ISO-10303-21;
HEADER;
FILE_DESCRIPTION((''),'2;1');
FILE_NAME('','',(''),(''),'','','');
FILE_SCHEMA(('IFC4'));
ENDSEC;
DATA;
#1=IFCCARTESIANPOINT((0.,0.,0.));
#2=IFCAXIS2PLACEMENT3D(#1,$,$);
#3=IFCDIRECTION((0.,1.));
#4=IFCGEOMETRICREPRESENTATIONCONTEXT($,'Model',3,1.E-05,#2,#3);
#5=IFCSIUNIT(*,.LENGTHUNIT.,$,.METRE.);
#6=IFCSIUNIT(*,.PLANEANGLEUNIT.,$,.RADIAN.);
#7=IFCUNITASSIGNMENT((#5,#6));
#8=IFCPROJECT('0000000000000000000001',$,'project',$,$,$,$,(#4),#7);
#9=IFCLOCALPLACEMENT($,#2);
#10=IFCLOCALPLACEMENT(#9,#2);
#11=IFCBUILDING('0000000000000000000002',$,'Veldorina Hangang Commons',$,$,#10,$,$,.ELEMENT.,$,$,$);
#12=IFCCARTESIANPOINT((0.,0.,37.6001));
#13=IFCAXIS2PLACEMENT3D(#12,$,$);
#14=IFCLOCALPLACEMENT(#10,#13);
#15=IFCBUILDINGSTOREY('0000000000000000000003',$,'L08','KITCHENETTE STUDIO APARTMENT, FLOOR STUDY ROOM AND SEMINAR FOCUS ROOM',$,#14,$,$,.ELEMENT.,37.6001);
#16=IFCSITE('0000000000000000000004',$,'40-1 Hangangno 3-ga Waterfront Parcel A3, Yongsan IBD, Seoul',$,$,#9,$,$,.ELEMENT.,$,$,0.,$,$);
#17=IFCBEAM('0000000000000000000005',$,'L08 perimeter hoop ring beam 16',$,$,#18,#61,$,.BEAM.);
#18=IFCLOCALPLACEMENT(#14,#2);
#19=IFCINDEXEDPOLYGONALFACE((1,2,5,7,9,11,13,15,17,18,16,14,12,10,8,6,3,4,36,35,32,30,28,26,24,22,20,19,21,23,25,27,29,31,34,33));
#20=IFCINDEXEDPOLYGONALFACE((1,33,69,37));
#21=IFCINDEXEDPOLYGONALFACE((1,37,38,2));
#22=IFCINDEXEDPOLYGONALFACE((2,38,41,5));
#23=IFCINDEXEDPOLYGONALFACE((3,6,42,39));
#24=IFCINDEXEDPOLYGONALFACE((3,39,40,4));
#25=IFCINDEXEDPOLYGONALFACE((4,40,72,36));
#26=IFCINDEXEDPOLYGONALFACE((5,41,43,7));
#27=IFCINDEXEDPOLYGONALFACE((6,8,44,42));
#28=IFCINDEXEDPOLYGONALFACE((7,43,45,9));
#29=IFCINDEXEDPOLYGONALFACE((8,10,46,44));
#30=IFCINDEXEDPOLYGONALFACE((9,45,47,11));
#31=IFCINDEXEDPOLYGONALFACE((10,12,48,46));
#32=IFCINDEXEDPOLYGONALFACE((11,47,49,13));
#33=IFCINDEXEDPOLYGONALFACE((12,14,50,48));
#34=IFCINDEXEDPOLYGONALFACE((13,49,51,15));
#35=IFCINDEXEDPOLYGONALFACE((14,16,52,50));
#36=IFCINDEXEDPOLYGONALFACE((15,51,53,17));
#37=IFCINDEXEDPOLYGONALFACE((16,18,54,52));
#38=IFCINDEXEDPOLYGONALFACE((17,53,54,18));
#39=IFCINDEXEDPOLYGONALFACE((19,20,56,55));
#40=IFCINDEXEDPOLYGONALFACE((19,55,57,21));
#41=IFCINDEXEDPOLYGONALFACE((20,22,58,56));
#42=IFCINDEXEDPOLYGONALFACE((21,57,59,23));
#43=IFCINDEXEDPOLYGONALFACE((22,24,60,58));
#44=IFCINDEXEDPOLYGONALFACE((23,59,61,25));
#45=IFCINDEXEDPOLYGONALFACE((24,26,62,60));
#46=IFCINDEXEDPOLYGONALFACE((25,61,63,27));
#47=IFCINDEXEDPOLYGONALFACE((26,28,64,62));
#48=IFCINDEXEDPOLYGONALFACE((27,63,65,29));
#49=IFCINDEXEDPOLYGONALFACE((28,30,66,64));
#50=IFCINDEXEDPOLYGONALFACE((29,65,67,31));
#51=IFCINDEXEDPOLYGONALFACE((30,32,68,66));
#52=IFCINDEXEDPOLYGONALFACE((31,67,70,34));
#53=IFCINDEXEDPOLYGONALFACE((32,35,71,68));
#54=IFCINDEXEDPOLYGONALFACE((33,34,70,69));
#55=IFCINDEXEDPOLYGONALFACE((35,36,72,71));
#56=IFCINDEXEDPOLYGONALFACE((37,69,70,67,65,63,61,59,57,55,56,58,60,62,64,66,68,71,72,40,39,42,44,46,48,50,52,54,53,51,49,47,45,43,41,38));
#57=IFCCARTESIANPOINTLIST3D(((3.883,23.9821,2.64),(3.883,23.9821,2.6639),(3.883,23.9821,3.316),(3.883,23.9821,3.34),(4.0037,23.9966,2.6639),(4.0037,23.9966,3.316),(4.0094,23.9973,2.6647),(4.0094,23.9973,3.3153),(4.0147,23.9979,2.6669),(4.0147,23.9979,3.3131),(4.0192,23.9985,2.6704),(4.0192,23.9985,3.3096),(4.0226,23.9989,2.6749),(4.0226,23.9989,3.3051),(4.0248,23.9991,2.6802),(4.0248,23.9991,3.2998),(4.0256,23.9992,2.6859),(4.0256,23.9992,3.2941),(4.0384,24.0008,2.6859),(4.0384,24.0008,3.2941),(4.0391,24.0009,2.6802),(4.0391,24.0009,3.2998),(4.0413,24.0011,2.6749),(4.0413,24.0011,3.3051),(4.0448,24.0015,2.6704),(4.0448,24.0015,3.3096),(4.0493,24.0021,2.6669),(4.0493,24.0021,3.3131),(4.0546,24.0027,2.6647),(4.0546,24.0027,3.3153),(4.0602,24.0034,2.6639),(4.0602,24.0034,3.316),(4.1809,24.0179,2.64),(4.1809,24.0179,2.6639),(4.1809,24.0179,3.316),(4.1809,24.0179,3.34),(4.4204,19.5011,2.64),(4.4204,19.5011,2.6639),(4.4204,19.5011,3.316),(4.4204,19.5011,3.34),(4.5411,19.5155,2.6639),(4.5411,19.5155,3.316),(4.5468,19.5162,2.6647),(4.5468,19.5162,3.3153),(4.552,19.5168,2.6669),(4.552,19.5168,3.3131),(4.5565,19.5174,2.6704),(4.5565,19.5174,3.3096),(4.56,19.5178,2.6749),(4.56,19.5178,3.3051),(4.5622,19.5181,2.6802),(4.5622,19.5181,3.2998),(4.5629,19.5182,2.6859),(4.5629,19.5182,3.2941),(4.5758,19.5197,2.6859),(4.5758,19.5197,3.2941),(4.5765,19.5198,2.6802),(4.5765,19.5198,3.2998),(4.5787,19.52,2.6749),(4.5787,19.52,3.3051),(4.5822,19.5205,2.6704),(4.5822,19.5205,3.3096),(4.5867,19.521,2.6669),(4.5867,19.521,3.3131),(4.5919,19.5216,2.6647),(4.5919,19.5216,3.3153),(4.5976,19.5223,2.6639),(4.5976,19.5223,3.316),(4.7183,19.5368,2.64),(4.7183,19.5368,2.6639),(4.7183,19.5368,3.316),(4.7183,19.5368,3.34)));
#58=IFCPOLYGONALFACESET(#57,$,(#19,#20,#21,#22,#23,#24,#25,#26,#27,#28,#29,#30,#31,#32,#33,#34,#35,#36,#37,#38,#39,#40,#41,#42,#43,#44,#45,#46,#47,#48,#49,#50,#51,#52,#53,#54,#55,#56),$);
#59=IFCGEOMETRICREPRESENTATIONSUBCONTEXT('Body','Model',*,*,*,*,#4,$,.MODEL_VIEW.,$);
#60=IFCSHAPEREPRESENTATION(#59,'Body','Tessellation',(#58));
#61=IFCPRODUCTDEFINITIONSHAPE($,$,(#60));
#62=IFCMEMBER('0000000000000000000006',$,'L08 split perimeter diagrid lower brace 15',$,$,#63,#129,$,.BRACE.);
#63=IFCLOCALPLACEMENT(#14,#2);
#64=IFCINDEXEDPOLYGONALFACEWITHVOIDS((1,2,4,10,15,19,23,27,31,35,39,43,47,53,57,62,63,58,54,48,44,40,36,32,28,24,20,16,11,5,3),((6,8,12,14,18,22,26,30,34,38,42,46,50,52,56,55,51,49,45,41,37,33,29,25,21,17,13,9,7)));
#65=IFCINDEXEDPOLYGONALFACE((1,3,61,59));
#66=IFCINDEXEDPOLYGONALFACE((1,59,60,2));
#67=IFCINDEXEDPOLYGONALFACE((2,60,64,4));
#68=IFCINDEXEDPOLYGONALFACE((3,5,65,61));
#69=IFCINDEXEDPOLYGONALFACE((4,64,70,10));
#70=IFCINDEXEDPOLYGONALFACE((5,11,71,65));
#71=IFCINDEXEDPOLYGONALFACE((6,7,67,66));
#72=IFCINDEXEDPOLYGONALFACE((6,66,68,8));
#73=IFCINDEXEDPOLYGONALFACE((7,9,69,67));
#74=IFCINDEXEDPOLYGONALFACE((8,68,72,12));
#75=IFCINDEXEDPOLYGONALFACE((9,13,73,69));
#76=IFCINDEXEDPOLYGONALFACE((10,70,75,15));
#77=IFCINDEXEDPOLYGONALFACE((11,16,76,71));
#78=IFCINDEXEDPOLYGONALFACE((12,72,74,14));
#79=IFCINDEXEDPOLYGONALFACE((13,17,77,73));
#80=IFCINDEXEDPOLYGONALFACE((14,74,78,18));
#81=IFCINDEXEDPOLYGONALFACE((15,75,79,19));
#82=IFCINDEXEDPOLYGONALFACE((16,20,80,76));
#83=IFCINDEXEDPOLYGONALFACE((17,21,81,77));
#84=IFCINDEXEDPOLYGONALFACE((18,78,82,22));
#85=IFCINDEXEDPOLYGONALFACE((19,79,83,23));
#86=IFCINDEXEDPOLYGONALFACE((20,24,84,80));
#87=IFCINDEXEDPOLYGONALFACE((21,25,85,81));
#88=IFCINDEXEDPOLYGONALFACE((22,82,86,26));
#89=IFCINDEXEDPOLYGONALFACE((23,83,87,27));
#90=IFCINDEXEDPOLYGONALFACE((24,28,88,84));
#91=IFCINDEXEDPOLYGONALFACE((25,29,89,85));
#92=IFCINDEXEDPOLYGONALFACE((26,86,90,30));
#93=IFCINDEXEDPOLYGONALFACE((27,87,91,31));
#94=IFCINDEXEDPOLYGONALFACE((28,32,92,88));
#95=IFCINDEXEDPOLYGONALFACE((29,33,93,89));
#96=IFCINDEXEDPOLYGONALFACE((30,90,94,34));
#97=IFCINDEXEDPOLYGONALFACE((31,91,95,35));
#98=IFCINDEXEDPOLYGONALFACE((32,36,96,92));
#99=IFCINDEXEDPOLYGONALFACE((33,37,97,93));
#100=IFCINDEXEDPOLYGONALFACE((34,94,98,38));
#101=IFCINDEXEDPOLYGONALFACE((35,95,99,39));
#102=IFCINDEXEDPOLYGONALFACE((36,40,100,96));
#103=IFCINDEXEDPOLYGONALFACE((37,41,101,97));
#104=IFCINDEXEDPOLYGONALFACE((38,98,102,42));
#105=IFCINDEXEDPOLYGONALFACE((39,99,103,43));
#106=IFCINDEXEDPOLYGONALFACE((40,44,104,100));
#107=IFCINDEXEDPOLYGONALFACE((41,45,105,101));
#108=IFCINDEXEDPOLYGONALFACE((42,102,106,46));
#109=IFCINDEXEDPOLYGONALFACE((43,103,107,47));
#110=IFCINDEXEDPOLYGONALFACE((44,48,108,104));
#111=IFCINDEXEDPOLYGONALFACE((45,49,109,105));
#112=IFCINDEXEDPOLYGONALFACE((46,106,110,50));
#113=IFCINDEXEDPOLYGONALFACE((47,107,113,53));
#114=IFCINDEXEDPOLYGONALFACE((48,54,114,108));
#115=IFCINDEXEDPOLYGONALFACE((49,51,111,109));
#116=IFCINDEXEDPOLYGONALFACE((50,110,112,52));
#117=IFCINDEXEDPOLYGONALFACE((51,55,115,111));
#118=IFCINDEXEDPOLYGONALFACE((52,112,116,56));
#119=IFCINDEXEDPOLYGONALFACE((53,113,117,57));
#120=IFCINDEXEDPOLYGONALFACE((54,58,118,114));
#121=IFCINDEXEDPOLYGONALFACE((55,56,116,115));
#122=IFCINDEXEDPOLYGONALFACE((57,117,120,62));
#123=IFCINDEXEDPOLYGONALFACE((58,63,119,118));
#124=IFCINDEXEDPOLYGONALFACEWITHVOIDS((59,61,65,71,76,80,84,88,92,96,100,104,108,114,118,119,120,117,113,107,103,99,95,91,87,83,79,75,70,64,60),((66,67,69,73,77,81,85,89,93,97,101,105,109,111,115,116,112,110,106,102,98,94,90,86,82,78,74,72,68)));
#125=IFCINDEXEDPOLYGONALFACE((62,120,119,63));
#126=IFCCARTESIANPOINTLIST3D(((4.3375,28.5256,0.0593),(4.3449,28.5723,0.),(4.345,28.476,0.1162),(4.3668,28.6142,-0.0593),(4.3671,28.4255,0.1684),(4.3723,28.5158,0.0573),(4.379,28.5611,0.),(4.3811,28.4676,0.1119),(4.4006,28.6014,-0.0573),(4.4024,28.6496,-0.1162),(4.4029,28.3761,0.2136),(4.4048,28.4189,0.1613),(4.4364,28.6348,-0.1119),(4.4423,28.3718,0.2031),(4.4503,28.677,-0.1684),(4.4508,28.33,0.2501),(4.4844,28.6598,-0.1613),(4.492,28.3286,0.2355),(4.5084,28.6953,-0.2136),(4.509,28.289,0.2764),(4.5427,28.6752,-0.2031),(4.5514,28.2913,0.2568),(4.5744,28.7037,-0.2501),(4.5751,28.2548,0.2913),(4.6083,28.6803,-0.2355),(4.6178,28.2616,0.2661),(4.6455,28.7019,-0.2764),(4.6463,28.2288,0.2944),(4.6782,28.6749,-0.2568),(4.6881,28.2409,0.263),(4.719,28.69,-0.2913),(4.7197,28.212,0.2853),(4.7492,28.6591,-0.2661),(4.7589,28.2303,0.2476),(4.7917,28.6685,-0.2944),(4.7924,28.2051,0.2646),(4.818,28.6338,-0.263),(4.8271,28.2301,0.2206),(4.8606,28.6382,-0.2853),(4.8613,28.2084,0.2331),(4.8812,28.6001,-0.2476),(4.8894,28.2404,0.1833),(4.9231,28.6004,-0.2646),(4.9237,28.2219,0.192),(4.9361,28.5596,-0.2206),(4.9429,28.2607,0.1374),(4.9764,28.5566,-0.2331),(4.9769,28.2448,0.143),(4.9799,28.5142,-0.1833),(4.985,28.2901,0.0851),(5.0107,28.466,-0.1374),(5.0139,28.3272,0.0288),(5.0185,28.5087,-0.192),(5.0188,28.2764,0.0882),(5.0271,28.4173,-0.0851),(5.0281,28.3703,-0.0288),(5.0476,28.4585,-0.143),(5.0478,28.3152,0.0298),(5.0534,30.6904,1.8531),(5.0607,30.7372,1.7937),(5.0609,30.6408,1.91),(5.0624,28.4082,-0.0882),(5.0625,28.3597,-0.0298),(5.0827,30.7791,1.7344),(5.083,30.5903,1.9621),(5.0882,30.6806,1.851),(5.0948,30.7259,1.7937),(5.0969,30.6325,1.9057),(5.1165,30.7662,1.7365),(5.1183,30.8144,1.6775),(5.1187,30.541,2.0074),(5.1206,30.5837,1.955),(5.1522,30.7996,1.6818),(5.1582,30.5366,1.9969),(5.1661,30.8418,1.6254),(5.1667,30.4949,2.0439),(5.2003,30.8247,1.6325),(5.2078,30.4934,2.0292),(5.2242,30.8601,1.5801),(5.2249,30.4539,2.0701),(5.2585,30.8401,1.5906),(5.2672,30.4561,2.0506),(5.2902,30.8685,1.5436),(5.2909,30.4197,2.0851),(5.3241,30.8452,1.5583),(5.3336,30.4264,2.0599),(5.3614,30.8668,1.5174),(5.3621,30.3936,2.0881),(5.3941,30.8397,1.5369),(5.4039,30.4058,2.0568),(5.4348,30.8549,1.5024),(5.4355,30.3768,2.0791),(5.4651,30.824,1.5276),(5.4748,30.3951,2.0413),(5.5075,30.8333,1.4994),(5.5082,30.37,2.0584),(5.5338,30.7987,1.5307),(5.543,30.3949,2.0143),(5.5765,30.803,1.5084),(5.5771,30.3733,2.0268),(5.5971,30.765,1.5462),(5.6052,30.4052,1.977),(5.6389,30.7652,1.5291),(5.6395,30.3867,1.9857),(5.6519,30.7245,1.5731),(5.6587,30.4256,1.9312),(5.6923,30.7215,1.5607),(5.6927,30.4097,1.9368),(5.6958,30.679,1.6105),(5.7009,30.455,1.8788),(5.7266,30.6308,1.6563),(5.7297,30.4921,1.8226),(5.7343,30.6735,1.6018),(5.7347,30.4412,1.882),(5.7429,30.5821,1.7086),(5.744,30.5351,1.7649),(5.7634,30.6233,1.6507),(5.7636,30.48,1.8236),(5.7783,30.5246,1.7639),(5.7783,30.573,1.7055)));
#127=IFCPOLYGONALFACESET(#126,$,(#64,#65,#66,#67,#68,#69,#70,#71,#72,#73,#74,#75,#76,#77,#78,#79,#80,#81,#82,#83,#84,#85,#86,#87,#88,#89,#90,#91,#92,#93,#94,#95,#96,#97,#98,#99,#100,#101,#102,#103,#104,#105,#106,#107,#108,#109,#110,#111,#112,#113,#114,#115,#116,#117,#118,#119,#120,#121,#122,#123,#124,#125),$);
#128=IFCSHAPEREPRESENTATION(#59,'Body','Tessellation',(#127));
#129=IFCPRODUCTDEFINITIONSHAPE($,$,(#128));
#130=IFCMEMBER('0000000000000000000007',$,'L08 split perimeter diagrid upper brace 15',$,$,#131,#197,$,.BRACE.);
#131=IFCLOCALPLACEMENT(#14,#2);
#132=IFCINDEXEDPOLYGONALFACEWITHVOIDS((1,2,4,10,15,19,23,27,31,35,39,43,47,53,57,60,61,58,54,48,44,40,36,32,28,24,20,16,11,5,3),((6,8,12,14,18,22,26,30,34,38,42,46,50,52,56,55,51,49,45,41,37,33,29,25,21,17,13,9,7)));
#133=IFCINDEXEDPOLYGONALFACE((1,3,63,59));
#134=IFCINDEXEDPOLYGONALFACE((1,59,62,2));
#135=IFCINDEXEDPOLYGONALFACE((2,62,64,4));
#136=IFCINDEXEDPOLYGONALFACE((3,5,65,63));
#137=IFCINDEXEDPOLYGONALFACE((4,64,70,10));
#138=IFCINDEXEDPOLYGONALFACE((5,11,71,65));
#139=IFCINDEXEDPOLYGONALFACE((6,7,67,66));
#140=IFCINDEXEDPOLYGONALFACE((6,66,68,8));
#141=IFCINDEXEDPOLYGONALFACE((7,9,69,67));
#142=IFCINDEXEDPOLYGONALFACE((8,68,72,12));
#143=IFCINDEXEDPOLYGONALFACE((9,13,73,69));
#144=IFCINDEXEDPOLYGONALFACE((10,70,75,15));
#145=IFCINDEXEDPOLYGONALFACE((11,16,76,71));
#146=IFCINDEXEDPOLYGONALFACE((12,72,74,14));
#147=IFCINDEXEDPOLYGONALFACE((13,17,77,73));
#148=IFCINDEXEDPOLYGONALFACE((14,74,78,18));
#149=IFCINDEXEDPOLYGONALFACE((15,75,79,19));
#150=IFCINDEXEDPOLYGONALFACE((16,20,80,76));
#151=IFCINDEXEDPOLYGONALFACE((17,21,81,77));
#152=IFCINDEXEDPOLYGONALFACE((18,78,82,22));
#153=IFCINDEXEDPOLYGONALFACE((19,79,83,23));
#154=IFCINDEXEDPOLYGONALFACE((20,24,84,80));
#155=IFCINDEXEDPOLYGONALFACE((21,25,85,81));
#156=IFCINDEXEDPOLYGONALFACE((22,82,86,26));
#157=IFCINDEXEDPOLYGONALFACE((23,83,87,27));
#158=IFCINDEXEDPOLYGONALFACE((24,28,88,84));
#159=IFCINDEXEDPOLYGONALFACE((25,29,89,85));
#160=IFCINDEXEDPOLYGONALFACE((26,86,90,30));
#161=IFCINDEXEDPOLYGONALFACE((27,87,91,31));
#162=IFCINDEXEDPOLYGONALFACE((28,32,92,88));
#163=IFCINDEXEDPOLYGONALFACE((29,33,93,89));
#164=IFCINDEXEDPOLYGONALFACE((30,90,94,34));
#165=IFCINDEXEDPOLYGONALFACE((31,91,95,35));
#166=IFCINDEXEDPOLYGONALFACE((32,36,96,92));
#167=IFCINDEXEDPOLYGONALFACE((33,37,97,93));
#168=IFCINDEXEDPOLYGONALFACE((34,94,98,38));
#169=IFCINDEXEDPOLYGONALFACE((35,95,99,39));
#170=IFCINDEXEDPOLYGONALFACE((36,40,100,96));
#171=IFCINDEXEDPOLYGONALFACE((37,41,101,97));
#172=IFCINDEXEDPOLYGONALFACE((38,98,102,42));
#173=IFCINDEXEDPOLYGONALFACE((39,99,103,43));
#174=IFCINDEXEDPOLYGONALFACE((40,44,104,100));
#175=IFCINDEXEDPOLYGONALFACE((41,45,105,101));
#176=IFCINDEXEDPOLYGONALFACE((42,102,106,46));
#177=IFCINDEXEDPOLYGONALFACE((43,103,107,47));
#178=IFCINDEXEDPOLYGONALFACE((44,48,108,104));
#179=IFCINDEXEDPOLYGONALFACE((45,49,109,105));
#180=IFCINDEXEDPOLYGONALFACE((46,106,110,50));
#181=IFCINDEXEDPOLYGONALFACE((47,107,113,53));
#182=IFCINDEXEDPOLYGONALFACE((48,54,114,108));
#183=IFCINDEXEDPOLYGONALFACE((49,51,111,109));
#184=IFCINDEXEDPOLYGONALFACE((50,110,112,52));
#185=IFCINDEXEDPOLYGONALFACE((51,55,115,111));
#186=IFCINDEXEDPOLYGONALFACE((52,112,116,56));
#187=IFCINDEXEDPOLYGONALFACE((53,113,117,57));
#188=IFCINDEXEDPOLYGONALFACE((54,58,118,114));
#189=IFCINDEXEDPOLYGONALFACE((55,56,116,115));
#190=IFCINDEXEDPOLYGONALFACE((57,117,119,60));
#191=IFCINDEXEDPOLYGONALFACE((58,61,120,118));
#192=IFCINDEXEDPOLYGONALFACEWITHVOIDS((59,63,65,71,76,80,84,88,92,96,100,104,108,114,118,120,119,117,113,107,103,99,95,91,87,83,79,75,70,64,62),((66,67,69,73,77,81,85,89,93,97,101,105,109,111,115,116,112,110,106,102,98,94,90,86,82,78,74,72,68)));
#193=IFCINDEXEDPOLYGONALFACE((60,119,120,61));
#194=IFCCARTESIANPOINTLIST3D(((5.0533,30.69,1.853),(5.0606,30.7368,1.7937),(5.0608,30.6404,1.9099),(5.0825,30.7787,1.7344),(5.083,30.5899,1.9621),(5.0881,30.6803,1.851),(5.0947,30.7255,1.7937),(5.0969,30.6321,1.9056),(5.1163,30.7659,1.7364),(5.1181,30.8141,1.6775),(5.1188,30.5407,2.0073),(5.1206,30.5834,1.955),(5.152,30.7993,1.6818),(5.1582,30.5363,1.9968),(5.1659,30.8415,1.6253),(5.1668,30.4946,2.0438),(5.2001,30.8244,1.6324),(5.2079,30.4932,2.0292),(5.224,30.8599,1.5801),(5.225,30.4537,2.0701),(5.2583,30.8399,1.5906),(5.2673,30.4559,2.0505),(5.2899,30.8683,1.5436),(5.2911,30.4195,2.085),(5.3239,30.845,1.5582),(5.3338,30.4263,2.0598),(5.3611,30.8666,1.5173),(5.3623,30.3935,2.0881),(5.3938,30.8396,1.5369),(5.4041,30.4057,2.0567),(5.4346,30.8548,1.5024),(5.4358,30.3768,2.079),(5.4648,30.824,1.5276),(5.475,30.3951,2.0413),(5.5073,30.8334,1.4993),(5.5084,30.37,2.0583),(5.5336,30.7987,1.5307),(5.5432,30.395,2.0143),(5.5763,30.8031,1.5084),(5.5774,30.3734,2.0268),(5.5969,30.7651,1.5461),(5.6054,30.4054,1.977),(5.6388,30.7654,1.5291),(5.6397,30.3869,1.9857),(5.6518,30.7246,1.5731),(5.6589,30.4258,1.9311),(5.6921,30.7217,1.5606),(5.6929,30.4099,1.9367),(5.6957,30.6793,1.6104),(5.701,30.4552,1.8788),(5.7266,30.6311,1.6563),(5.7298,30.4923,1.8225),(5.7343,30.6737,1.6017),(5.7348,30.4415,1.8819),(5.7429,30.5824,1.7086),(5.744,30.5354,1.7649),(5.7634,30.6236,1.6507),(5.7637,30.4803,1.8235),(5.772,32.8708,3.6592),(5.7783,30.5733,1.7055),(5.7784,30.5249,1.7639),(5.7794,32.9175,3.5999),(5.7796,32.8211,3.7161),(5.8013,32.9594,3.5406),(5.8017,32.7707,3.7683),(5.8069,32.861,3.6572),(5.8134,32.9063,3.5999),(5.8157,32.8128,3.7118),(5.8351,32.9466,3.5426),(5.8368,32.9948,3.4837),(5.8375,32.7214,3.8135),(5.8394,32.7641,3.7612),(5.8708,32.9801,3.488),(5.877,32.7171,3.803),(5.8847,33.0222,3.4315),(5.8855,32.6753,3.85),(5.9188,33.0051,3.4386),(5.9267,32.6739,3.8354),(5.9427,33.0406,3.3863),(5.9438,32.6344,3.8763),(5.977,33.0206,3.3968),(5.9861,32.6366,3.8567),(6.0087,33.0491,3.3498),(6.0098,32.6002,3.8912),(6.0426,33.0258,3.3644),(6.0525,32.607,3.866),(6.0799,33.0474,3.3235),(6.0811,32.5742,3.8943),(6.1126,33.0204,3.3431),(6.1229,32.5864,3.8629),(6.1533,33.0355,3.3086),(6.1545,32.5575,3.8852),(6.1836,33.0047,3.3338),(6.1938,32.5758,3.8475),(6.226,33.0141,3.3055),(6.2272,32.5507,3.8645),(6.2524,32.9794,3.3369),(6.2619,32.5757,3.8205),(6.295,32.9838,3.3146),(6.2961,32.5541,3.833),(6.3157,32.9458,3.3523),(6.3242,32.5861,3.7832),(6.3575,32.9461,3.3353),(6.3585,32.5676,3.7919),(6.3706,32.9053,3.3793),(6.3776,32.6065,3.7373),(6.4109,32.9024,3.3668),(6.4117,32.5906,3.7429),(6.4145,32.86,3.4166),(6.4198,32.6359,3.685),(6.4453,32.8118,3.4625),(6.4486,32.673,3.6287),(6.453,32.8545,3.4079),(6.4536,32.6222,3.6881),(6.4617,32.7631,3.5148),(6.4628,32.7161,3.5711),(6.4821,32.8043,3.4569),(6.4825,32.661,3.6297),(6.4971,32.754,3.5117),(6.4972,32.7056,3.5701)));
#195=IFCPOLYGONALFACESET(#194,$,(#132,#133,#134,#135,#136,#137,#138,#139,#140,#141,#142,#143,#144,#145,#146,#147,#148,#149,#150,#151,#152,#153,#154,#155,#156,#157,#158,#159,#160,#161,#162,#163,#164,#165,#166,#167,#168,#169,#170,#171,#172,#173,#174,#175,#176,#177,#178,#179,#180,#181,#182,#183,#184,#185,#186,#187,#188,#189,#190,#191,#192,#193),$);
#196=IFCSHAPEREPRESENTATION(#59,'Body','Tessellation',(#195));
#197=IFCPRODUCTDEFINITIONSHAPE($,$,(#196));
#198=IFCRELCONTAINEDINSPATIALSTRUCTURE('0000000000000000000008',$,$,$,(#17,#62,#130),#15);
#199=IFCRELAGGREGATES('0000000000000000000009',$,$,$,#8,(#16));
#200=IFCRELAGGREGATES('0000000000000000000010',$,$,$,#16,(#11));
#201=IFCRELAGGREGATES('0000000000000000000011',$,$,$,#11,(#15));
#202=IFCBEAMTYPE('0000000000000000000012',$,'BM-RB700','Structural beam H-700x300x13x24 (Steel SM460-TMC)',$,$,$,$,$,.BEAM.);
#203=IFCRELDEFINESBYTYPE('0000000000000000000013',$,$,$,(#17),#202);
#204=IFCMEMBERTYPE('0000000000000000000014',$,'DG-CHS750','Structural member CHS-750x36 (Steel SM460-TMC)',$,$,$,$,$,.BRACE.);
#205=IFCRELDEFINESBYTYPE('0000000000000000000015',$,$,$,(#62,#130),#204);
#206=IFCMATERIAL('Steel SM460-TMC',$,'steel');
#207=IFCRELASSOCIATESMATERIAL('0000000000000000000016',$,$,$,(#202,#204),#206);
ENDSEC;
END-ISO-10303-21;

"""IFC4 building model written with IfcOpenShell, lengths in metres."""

from ifc_helpers import new_model, si_unit, direction, frame, origin, origin_2d, place, context, subcontext, project, spatial, hollow_circle, i_section, extrude, material, material_profile, profile_set, type_object, element, save


model = new_model("IFC4")

# Units and contexts
model_context = context("Model", 3, precision=1e-05, world=origin(), true_north=direction((0.0, 1.0)))
body_context = subcontext(model_context, "Body", "Model", "MODEL_VIEW")
ifc_project = project(units=[si_unit("LENGTHUNIT", "METRE"), si_unit("PLANEANGLEUNIT", "RADIAN")], contexts=[model_context])

# Site, building, storey
site_placement = place(None, origin())
site = spatial("IfcSite", under=ifc_project, at=site_placement, Name="40-1 Hangangno 3-ga Waterfront Parcel A3, Yongsan IBD, Seoul", CompositionType="ELEMENT", RefElevation=0.0)
building_placement = place(site_placement, origin())
building = spatial("IfcBuilding", under=site, at=building_placement, Name="Veldorina Hangang Commons", CompositionType="ELEMENT")
storey_placement = place(building_placement, frame((0.0, 0.0, 37.6001)))
storey = spatial("IfcBuildingStorey", under=building, at=storey_placement, Name="L08", Description="KITCHENETTE STUDIO APARTMENT, FLOOR STUDY ROOM AND SEMINAR FOCUS ROOM", CompositionType="ELEMENT", Elevation=37.6001)

# Beam
ifc_material_1 = material(Name="Steel SM460-TMC", Category="steel")
ifc_material_profile_1 = material_profile(ifc_material_1, i_section(OverallWidth=0.3, OverallDepth=0.7, WebThickness=0.0129, FlangeThickness=0.0239, FilletRadius=0.022, at=origin_2d()), Name="H-700x300x13x24")
ifc_profile_set_1 = profile_set([ifc_material_profile_1], Name="Steel SM460-TMC")
beam_type_1 = type_object("IfcBeamType", Name="BM-RB700", Description="Structural beam H-700x300x13x24 (Steel SM460-TMC)", PredefinedType="BEAM", material=ifc_profile_set_1)
for number, where, z_axis, x_axis, name in (
    (1, (4.032, 24.0, 2.99), (0.119066, -0.992886, 0.0), (0.992886, 0.119066, 0.0), "L08 perimeter hoop ring beam 16"),
):
    element("IfcBeam", number, at=place(storey_placement, frame(where, z_axis=z_axis, x_axis=x_axis)), inside=storey, type_object=beam_type_1, Name=name, PredefinedType="BEAM", context=body_context, shape_type="SweptSolid", body=[
        extrude(i_section(OverallWidth=0.3, OverallDepth=0.7, WebThickness=0.0129, FlangeThickness=0.0239, FilletRadius=0.022, at=origin_2d()), origin(), (0.0, 0.0, 1.0), 4.5132),
    ])

# Members
ifc_material_profile_2 = material_profile(ifc_material_1, hollow_circle(Radius=0.375, WallThickness=0.0359, at=origin_2d()), Name="CHS-750x36")
ifc_profile_set_2 = profile_set([ifc_material_profile_2], Name="Steel SM460-TMC")
member_type = type_object("IfcMemberType", Name="DG-CHS750", Description="Structural member CHS-750x36 (Steel SM460-TMC)", PredefinedType="BRACE", material=ifc_profile_set_2)
member_1_placement = place(storey_placement, frame((4.7009, 28.4546, 0.0), z_axis=(0.246745, 0.74621, 0.618293), x_axis=(-0.949441, 0.313946, 0.0)))
element("IfcMember", 2, at=member_1_placement, inside=storey, type_object=member_type, Name="L08 split perimeter diagrid lower brace 15", PredefinedType="BRACE", context=body_context, shape_type="SweptSolid", body=[
    extrude(hollow_circle(Radius=0.375, WallThickness=0.0359, at=origin_2d()), origin(), (0.0, 0.0, 1.0), 2.9011),
])
member_2_placement = place(storey_placement, frame((5.4167, 30.6194, 1.7937), z_axis=(0.246036, 0.746466, 0.618267), x_axis=(-0.949741, 0.313036, 0.0)))
element("IfcMember", 3, at=member_2_placement, inside=storey, type_object=member_type, Name="L08 split perimeter diagrid upper brace 15", PredefinedType="BRACE", context=body_context, shape_type="SweptSolid", body=[
    extrude(hollow_circle(Radius=0.375, WallThickness=0.0359, at=origin_2d()), origin(), (0.0, 0.0, 1.0), 2.9214),
])

save(model, "model.ifc")
